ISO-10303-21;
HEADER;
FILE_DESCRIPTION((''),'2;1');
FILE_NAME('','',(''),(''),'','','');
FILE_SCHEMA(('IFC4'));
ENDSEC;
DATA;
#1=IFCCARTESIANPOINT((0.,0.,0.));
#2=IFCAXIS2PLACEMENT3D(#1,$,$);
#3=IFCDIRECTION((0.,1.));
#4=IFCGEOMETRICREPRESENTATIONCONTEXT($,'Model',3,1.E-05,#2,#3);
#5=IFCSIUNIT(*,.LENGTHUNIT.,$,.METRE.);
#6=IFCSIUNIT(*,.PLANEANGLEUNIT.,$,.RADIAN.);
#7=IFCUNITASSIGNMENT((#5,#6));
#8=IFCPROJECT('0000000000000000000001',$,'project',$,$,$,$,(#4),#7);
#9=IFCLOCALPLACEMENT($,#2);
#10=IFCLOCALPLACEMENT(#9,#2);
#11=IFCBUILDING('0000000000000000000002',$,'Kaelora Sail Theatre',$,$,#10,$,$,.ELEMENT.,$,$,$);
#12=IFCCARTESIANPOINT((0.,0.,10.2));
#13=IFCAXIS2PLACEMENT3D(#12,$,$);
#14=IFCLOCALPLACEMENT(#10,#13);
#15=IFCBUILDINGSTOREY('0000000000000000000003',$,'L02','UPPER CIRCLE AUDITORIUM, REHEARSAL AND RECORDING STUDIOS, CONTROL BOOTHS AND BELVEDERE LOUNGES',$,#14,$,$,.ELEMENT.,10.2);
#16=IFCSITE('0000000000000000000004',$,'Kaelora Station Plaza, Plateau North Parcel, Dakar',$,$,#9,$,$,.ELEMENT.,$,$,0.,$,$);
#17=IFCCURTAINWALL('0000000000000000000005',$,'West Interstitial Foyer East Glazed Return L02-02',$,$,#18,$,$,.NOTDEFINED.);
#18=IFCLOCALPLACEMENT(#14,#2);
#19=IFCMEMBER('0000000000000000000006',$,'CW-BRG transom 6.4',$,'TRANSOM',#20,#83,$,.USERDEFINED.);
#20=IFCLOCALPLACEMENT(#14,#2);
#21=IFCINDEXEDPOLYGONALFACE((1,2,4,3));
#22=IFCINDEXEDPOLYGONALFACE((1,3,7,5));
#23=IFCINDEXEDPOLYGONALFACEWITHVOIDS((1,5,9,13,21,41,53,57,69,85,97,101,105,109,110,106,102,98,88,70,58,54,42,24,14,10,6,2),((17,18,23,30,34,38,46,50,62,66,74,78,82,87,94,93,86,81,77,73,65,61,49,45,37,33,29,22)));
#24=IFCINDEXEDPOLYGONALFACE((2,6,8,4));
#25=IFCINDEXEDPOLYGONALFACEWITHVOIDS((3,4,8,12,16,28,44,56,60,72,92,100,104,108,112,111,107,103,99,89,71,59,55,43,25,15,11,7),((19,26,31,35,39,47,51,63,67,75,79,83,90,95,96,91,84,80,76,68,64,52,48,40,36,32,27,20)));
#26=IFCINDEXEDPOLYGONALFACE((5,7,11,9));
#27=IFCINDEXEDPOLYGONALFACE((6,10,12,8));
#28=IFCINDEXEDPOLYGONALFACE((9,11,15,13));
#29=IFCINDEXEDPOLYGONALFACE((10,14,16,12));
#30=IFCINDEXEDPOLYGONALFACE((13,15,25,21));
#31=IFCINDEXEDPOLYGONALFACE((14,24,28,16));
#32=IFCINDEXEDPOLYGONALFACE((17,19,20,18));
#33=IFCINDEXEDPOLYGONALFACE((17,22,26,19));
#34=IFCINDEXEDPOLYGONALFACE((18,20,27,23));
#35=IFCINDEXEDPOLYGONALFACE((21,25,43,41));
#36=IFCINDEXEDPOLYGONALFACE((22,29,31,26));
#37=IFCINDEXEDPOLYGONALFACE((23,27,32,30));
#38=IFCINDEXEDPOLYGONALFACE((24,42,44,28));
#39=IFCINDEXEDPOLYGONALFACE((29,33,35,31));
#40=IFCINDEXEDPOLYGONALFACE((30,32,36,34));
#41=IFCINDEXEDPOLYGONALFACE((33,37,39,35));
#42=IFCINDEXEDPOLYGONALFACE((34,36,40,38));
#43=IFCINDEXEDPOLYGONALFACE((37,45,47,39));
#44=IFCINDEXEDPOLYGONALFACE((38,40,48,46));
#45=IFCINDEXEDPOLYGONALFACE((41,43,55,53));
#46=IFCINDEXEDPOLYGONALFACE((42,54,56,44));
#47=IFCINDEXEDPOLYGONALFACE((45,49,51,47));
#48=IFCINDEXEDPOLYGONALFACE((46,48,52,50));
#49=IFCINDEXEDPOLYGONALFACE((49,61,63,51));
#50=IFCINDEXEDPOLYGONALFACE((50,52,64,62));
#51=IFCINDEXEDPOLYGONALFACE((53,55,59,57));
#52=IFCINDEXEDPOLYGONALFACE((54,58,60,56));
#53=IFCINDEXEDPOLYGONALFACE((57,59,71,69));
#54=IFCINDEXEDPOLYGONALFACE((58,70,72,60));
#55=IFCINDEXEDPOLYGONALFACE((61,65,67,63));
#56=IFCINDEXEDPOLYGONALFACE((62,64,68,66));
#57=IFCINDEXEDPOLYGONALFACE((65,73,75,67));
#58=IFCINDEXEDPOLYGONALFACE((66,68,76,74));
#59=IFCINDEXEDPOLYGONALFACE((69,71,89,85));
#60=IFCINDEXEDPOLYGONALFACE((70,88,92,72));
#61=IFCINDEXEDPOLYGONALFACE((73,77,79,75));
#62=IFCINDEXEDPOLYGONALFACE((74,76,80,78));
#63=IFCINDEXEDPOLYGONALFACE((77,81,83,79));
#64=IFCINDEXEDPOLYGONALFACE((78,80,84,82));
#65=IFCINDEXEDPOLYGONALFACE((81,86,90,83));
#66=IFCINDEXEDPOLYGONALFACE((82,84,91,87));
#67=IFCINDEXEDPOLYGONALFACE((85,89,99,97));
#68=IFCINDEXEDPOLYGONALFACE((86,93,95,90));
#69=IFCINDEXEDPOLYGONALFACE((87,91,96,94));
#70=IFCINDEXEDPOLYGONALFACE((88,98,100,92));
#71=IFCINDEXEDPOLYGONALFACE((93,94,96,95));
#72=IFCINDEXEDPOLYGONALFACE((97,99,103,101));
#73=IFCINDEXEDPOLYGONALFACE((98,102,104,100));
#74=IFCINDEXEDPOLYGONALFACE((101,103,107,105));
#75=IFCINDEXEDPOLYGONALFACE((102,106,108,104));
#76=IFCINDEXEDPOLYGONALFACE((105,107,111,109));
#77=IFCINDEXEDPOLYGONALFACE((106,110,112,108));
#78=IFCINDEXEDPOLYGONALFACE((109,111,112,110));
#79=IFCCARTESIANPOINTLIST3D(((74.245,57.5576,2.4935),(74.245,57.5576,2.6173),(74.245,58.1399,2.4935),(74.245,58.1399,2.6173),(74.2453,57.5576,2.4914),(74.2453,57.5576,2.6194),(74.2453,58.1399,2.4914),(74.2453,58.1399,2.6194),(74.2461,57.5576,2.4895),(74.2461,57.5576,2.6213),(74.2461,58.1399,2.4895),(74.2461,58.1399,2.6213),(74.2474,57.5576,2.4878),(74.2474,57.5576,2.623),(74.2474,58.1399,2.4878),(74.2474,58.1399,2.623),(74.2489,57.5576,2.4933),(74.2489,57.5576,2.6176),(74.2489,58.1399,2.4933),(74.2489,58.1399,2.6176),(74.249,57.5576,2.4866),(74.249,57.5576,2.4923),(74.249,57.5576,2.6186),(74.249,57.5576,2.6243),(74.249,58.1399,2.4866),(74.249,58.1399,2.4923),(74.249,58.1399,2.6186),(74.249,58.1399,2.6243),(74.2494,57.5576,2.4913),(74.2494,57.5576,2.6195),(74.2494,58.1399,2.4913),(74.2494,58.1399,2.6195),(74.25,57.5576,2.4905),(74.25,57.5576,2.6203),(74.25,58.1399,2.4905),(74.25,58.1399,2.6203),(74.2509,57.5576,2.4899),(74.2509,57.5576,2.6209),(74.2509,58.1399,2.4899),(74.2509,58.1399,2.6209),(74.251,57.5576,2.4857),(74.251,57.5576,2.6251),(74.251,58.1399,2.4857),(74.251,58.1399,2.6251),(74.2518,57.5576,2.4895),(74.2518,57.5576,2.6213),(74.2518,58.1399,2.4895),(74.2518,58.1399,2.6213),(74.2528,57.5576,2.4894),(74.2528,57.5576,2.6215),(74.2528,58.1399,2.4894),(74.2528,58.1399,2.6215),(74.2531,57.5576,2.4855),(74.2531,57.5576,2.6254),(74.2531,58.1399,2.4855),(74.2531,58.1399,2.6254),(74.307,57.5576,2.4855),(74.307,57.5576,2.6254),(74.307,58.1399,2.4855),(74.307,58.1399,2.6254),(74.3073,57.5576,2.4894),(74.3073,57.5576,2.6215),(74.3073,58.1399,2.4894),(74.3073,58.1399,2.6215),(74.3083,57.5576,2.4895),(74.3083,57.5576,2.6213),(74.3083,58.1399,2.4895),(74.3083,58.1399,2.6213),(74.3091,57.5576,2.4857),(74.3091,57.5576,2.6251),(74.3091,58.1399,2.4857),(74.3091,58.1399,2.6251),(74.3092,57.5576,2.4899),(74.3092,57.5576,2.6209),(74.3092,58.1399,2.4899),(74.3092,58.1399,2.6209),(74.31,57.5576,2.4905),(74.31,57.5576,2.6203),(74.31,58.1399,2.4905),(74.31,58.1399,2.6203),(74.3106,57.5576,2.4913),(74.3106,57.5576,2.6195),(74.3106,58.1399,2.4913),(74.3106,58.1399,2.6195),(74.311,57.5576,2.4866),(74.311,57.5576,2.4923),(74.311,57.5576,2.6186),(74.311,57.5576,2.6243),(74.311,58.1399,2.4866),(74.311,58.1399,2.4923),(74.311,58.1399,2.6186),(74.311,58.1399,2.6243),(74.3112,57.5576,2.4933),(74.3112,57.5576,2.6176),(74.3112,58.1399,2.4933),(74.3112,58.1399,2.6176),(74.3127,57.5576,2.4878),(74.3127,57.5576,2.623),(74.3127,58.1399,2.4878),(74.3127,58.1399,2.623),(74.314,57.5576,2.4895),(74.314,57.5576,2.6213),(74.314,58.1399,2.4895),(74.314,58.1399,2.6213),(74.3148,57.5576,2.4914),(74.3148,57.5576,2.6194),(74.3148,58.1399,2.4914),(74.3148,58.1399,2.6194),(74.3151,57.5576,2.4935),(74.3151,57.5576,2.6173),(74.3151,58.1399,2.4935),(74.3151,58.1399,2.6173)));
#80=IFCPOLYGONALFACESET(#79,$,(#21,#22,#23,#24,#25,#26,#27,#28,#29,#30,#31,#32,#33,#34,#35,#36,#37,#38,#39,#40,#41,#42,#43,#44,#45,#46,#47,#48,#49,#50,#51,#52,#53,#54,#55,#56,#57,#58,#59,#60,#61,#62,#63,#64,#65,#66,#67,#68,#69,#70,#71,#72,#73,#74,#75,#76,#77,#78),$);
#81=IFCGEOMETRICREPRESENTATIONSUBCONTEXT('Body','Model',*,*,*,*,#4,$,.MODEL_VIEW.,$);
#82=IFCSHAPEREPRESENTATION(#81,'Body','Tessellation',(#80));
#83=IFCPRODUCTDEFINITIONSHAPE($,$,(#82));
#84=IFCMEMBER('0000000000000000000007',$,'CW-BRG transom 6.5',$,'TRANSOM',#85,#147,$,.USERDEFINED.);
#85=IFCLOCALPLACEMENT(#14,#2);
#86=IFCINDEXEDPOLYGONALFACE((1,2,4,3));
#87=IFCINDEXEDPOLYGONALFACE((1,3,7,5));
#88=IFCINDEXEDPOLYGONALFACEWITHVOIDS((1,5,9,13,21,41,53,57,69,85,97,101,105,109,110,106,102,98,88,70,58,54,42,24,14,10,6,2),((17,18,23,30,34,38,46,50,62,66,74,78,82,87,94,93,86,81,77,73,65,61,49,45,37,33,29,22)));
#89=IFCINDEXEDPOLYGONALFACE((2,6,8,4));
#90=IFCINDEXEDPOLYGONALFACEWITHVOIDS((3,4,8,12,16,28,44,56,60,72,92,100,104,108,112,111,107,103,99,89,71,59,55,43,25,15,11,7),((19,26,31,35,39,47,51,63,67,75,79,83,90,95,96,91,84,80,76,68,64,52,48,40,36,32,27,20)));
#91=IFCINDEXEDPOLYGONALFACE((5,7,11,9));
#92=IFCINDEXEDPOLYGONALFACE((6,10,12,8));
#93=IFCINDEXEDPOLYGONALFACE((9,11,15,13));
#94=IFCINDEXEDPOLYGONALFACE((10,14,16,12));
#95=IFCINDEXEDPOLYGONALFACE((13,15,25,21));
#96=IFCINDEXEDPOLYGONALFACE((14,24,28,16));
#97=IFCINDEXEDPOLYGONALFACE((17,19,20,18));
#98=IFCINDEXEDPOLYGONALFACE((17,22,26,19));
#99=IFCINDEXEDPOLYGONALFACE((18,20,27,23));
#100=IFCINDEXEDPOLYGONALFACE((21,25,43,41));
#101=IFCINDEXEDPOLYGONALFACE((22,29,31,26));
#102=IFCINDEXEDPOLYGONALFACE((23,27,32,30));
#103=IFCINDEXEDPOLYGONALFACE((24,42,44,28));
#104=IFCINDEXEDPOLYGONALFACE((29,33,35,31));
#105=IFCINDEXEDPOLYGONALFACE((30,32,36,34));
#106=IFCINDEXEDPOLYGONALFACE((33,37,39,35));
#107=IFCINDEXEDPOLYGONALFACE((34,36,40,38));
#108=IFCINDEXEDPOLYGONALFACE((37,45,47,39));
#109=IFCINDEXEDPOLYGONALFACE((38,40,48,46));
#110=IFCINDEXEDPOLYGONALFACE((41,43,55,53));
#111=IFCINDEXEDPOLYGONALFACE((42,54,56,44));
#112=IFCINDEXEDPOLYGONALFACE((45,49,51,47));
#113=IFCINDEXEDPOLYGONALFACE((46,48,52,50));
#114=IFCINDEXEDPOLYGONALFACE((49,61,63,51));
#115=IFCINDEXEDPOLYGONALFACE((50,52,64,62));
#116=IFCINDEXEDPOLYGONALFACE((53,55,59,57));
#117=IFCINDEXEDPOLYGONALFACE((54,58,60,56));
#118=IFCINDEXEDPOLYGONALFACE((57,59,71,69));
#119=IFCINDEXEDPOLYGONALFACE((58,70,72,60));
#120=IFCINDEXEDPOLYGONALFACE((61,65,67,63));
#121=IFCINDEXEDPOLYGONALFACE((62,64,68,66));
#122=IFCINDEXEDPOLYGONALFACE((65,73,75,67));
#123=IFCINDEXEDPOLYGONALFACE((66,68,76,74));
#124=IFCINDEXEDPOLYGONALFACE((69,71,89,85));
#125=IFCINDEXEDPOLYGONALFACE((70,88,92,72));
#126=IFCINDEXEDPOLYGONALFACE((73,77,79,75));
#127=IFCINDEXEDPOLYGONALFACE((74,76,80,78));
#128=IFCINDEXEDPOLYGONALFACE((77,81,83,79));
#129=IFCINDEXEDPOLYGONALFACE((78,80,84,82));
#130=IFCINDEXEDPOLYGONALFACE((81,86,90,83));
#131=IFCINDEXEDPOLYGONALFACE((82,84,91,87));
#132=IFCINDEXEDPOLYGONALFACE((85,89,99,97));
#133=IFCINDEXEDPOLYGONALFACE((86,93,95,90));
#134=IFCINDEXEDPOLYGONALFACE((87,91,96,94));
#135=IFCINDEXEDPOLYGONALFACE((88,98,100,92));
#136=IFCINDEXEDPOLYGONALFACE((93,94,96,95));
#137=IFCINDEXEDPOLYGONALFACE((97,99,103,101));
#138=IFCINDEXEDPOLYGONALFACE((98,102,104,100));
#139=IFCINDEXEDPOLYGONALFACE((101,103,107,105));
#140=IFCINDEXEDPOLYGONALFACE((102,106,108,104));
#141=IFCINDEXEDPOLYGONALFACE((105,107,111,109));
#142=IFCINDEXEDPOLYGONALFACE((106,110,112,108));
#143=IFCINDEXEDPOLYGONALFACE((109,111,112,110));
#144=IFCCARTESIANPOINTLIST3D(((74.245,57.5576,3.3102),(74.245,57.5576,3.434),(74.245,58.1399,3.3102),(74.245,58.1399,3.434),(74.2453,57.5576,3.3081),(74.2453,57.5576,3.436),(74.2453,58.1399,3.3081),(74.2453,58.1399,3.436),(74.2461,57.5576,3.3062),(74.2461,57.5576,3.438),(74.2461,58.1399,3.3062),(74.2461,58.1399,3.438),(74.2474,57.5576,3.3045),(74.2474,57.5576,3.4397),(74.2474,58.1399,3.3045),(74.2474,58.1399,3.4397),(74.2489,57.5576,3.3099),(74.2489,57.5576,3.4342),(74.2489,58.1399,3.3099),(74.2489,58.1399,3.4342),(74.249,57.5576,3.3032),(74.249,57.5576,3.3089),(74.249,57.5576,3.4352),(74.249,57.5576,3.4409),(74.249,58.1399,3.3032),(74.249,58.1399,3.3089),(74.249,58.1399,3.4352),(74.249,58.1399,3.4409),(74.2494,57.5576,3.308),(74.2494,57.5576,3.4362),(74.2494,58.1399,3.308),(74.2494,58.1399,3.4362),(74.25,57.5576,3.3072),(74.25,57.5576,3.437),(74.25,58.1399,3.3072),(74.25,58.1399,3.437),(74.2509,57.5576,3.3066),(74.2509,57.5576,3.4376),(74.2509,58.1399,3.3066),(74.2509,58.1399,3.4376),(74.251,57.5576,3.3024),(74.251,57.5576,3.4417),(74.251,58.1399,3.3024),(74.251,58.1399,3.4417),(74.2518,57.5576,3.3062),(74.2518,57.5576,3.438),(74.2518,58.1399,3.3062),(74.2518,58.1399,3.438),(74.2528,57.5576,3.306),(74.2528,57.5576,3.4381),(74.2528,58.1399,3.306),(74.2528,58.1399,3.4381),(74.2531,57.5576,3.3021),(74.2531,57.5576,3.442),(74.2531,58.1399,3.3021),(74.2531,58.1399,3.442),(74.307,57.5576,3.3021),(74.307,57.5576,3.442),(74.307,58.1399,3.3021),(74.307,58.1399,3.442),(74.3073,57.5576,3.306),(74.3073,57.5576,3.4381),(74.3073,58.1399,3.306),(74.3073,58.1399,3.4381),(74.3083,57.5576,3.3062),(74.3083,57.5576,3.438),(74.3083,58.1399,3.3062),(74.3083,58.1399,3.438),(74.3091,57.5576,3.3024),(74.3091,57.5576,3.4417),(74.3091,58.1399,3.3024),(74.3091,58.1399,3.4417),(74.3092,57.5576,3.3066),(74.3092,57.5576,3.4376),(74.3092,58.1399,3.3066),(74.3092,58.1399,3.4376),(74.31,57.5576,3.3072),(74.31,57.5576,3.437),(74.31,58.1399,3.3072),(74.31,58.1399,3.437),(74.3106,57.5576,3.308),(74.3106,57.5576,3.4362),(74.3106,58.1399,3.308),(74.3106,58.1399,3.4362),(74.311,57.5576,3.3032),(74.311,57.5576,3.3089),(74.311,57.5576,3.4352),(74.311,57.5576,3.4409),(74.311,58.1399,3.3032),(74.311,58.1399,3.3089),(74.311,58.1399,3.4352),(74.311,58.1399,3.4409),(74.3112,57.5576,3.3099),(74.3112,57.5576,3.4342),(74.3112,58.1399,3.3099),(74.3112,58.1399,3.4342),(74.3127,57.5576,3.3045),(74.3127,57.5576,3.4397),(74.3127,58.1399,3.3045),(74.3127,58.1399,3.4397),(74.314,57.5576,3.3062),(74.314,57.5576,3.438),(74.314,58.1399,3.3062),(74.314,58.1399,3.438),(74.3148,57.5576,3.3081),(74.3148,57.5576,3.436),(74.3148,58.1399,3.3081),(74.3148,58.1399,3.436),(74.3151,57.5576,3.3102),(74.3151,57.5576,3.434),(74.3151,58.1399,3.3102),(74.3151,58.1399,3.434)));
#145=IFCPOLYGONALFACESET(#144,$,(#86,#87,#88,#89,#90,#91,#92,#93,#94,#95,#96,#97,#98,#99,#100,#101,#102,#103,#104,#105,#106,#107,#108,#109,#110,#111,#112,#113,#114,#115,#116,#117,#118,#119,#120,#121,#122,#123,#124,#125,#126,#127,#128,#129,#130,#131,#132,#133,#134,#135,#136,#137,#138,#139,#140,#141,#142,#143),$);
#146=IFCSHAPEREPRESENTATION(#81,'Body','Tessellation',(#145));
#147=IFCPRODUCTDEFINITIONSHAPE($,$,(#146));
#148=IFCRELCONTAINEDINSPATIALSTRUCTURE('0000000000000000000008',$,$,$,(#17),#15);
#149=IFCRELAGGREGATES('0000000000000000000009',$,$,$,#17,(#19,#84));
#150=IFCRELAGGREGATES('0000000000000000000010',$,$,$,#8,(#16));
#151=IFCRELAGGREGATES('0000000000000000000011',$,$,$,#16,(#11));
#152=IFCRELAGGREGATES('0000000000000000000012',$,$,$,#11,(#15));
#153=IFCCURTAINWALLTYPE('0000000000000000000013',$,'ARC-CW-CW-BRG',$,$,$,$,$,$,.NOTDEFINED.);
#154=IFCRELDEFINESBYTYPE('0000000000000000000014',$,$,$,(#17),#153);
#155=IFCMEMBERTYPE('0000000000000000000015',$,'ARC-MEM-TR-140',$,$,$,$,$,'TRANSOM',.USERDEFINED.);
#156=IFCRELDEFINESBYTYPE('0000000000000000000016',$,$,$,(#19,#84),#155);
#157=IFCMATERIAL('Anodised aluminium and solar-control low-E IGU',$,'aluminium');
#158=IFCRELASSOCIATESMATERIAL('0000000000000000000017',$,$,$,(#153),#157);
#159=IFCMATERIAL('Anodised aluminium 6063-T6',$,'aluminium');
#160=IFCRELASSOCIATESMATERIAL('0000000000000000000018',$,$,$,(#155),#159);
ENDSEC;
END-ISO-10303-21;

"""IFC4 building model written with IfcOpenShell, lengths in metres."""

from ifc_helpers import new_model, si_unit, direction, frame, origin, origin_2d, place, context, subcontext, project, spatial, hollow_rectangle, extrude, material, material_profile, profile_set, type_object, element, aggregate, save


model = new_model("IFC4")

# Units and contexts
model_context = context("Model", 3, precision=1e-05, world=origin(), true_north=direction((0.0, 1.0)))
body_context = subcontext(model_context, "Body", "Model", "MODEL_VIEW")
ifc_project = project(units=[si_unit("LENGTHUNIT", "METRE"), si_unit("PLANEANGLEUNIT", "RADIAN")], contexts=[model_context])

# Site, building, storey
site_placement = place(None, origin())
site = spatial("IfcSite", under=ifc_project, at=site_placement, Name="Kaelora Station Plaza, Plateau North Parcel, Dakar", CompositionType="ELEMENT", RefElevation=0.0)
building_placement = place(site_placement, origin())
building = spatial("IfcBuilding", under=site, at=building_placement, Name="Kaelora Sail Theatre", CompositionType="ELEMENT")
storey_placement = place(building_placement, frame((0.0, 0.0, 10.2)))
storey = spatial("IfcBuildingStorey", under=building, at=storey_placement, Name="L02", Description="UPPER CIRCLE AUDITORIUM, REHEARSAL AND RECORDING STUDIOS, CONTROL BOOTHS AND BELVEDERE LOUNGES", CompositionType="ELEMENT", Elevation=10.2)

# Curtain wall
ifc_material_1 = material(Name="Anodised aluminium and solar-control low-E IGU", Category="aluminium")
curtain_wall_type = type_object("IfcCurtainWallType", Name="ARC-CW-CW-BRG", PredefinedType="NOTDEFINED", material=ifc_material_1)
curtain_wall_1_placement = place(storey_placement, origin())
curtain_wall_1 = element("IfcCurtainWall", 1, at=curtain_wall_1_placement, inside=storey, type_object=curtain_wall_type, Name="West Interstitial Foyer East Glazed Return L02-02", PredefinedType="NOTDEFINED")

# Members
ifc_material_2 = material(Name="Anodised aluminium 6063-T6", Category="aluminium")
ifc_material_profile_1 = material_profile(ifc_material_2, hollow_rectangle(XDim=0.0701, YDim=0.1399, WallThickness=0.0039, InnerFilletRadius=0.0039, OuterFilletRadius=0.0081, at=origin_2d()), Name="ALU-TRAN 70x140x4")
ifc_profile_set_1 = profile_set([ifc_material_profile_1], Name="Anodised aluminium 6063-T6")
member_type_1 = type_object("IfcMemberType", Name="ARC-MEM-TR-140", ElementType="TRANSOM", PredefinedType="USERDEFINED", material=ifc_profile_set_1)
member_1_placement = place(storey_placement, frame((74.28, 57.5576, 2.5554), z_axis=(0.0, 1.0, 0.0), x_axis=(-1.0, 0.0, 0.0)))
member_1 = element("IfcMember", 2, at=member_1_placement, type_object=member_type_1, Name="CW-BRG transom 6.4", ObjectType="TRANSOM", PredefinedType="USERDEFINED", context=body_context, shape_type="SweptSolid", body=[
    extrude(hollow_rectangle(XDim=0.0701, YDim=0.1399, WallThickness=0.0039, InnerFilletRadius=0.0039, OuterFilletRadius=0.0081, at=origin_2d()), origin(), (0.0, 0.0, 1.0), 0.5823),
])
member_2_placement = place(storey_placement, frame((74.28, 57.5576, 3.3721), z_axis=(0.0, 1.0, 0.0), x_axis=(-1.0, 0.0, 0.0)))
member_2 = element("IfcMember", 3, at=member_2_placement, type_object=member_type_1, Name="CW-BRG transom 6.5", ObjectType="TRANSOM", PredefinedType="USERDEFINED", context=body_context, shape_type="SweptSolid", body=[
    extrude(hollow_rectangle(XDim=0.0701, YDim=0.1399, WallThickness=0.0039, InnerFilletRadius=0.0039, OuterFilletRadius=0.0081, at=origin_2d()), origin(), (0.0, 0.0, 1.0), 0.5823),
])

aggregate(curtain_wall_1, [member_1, member_2])

save(model, "model.ifc")
